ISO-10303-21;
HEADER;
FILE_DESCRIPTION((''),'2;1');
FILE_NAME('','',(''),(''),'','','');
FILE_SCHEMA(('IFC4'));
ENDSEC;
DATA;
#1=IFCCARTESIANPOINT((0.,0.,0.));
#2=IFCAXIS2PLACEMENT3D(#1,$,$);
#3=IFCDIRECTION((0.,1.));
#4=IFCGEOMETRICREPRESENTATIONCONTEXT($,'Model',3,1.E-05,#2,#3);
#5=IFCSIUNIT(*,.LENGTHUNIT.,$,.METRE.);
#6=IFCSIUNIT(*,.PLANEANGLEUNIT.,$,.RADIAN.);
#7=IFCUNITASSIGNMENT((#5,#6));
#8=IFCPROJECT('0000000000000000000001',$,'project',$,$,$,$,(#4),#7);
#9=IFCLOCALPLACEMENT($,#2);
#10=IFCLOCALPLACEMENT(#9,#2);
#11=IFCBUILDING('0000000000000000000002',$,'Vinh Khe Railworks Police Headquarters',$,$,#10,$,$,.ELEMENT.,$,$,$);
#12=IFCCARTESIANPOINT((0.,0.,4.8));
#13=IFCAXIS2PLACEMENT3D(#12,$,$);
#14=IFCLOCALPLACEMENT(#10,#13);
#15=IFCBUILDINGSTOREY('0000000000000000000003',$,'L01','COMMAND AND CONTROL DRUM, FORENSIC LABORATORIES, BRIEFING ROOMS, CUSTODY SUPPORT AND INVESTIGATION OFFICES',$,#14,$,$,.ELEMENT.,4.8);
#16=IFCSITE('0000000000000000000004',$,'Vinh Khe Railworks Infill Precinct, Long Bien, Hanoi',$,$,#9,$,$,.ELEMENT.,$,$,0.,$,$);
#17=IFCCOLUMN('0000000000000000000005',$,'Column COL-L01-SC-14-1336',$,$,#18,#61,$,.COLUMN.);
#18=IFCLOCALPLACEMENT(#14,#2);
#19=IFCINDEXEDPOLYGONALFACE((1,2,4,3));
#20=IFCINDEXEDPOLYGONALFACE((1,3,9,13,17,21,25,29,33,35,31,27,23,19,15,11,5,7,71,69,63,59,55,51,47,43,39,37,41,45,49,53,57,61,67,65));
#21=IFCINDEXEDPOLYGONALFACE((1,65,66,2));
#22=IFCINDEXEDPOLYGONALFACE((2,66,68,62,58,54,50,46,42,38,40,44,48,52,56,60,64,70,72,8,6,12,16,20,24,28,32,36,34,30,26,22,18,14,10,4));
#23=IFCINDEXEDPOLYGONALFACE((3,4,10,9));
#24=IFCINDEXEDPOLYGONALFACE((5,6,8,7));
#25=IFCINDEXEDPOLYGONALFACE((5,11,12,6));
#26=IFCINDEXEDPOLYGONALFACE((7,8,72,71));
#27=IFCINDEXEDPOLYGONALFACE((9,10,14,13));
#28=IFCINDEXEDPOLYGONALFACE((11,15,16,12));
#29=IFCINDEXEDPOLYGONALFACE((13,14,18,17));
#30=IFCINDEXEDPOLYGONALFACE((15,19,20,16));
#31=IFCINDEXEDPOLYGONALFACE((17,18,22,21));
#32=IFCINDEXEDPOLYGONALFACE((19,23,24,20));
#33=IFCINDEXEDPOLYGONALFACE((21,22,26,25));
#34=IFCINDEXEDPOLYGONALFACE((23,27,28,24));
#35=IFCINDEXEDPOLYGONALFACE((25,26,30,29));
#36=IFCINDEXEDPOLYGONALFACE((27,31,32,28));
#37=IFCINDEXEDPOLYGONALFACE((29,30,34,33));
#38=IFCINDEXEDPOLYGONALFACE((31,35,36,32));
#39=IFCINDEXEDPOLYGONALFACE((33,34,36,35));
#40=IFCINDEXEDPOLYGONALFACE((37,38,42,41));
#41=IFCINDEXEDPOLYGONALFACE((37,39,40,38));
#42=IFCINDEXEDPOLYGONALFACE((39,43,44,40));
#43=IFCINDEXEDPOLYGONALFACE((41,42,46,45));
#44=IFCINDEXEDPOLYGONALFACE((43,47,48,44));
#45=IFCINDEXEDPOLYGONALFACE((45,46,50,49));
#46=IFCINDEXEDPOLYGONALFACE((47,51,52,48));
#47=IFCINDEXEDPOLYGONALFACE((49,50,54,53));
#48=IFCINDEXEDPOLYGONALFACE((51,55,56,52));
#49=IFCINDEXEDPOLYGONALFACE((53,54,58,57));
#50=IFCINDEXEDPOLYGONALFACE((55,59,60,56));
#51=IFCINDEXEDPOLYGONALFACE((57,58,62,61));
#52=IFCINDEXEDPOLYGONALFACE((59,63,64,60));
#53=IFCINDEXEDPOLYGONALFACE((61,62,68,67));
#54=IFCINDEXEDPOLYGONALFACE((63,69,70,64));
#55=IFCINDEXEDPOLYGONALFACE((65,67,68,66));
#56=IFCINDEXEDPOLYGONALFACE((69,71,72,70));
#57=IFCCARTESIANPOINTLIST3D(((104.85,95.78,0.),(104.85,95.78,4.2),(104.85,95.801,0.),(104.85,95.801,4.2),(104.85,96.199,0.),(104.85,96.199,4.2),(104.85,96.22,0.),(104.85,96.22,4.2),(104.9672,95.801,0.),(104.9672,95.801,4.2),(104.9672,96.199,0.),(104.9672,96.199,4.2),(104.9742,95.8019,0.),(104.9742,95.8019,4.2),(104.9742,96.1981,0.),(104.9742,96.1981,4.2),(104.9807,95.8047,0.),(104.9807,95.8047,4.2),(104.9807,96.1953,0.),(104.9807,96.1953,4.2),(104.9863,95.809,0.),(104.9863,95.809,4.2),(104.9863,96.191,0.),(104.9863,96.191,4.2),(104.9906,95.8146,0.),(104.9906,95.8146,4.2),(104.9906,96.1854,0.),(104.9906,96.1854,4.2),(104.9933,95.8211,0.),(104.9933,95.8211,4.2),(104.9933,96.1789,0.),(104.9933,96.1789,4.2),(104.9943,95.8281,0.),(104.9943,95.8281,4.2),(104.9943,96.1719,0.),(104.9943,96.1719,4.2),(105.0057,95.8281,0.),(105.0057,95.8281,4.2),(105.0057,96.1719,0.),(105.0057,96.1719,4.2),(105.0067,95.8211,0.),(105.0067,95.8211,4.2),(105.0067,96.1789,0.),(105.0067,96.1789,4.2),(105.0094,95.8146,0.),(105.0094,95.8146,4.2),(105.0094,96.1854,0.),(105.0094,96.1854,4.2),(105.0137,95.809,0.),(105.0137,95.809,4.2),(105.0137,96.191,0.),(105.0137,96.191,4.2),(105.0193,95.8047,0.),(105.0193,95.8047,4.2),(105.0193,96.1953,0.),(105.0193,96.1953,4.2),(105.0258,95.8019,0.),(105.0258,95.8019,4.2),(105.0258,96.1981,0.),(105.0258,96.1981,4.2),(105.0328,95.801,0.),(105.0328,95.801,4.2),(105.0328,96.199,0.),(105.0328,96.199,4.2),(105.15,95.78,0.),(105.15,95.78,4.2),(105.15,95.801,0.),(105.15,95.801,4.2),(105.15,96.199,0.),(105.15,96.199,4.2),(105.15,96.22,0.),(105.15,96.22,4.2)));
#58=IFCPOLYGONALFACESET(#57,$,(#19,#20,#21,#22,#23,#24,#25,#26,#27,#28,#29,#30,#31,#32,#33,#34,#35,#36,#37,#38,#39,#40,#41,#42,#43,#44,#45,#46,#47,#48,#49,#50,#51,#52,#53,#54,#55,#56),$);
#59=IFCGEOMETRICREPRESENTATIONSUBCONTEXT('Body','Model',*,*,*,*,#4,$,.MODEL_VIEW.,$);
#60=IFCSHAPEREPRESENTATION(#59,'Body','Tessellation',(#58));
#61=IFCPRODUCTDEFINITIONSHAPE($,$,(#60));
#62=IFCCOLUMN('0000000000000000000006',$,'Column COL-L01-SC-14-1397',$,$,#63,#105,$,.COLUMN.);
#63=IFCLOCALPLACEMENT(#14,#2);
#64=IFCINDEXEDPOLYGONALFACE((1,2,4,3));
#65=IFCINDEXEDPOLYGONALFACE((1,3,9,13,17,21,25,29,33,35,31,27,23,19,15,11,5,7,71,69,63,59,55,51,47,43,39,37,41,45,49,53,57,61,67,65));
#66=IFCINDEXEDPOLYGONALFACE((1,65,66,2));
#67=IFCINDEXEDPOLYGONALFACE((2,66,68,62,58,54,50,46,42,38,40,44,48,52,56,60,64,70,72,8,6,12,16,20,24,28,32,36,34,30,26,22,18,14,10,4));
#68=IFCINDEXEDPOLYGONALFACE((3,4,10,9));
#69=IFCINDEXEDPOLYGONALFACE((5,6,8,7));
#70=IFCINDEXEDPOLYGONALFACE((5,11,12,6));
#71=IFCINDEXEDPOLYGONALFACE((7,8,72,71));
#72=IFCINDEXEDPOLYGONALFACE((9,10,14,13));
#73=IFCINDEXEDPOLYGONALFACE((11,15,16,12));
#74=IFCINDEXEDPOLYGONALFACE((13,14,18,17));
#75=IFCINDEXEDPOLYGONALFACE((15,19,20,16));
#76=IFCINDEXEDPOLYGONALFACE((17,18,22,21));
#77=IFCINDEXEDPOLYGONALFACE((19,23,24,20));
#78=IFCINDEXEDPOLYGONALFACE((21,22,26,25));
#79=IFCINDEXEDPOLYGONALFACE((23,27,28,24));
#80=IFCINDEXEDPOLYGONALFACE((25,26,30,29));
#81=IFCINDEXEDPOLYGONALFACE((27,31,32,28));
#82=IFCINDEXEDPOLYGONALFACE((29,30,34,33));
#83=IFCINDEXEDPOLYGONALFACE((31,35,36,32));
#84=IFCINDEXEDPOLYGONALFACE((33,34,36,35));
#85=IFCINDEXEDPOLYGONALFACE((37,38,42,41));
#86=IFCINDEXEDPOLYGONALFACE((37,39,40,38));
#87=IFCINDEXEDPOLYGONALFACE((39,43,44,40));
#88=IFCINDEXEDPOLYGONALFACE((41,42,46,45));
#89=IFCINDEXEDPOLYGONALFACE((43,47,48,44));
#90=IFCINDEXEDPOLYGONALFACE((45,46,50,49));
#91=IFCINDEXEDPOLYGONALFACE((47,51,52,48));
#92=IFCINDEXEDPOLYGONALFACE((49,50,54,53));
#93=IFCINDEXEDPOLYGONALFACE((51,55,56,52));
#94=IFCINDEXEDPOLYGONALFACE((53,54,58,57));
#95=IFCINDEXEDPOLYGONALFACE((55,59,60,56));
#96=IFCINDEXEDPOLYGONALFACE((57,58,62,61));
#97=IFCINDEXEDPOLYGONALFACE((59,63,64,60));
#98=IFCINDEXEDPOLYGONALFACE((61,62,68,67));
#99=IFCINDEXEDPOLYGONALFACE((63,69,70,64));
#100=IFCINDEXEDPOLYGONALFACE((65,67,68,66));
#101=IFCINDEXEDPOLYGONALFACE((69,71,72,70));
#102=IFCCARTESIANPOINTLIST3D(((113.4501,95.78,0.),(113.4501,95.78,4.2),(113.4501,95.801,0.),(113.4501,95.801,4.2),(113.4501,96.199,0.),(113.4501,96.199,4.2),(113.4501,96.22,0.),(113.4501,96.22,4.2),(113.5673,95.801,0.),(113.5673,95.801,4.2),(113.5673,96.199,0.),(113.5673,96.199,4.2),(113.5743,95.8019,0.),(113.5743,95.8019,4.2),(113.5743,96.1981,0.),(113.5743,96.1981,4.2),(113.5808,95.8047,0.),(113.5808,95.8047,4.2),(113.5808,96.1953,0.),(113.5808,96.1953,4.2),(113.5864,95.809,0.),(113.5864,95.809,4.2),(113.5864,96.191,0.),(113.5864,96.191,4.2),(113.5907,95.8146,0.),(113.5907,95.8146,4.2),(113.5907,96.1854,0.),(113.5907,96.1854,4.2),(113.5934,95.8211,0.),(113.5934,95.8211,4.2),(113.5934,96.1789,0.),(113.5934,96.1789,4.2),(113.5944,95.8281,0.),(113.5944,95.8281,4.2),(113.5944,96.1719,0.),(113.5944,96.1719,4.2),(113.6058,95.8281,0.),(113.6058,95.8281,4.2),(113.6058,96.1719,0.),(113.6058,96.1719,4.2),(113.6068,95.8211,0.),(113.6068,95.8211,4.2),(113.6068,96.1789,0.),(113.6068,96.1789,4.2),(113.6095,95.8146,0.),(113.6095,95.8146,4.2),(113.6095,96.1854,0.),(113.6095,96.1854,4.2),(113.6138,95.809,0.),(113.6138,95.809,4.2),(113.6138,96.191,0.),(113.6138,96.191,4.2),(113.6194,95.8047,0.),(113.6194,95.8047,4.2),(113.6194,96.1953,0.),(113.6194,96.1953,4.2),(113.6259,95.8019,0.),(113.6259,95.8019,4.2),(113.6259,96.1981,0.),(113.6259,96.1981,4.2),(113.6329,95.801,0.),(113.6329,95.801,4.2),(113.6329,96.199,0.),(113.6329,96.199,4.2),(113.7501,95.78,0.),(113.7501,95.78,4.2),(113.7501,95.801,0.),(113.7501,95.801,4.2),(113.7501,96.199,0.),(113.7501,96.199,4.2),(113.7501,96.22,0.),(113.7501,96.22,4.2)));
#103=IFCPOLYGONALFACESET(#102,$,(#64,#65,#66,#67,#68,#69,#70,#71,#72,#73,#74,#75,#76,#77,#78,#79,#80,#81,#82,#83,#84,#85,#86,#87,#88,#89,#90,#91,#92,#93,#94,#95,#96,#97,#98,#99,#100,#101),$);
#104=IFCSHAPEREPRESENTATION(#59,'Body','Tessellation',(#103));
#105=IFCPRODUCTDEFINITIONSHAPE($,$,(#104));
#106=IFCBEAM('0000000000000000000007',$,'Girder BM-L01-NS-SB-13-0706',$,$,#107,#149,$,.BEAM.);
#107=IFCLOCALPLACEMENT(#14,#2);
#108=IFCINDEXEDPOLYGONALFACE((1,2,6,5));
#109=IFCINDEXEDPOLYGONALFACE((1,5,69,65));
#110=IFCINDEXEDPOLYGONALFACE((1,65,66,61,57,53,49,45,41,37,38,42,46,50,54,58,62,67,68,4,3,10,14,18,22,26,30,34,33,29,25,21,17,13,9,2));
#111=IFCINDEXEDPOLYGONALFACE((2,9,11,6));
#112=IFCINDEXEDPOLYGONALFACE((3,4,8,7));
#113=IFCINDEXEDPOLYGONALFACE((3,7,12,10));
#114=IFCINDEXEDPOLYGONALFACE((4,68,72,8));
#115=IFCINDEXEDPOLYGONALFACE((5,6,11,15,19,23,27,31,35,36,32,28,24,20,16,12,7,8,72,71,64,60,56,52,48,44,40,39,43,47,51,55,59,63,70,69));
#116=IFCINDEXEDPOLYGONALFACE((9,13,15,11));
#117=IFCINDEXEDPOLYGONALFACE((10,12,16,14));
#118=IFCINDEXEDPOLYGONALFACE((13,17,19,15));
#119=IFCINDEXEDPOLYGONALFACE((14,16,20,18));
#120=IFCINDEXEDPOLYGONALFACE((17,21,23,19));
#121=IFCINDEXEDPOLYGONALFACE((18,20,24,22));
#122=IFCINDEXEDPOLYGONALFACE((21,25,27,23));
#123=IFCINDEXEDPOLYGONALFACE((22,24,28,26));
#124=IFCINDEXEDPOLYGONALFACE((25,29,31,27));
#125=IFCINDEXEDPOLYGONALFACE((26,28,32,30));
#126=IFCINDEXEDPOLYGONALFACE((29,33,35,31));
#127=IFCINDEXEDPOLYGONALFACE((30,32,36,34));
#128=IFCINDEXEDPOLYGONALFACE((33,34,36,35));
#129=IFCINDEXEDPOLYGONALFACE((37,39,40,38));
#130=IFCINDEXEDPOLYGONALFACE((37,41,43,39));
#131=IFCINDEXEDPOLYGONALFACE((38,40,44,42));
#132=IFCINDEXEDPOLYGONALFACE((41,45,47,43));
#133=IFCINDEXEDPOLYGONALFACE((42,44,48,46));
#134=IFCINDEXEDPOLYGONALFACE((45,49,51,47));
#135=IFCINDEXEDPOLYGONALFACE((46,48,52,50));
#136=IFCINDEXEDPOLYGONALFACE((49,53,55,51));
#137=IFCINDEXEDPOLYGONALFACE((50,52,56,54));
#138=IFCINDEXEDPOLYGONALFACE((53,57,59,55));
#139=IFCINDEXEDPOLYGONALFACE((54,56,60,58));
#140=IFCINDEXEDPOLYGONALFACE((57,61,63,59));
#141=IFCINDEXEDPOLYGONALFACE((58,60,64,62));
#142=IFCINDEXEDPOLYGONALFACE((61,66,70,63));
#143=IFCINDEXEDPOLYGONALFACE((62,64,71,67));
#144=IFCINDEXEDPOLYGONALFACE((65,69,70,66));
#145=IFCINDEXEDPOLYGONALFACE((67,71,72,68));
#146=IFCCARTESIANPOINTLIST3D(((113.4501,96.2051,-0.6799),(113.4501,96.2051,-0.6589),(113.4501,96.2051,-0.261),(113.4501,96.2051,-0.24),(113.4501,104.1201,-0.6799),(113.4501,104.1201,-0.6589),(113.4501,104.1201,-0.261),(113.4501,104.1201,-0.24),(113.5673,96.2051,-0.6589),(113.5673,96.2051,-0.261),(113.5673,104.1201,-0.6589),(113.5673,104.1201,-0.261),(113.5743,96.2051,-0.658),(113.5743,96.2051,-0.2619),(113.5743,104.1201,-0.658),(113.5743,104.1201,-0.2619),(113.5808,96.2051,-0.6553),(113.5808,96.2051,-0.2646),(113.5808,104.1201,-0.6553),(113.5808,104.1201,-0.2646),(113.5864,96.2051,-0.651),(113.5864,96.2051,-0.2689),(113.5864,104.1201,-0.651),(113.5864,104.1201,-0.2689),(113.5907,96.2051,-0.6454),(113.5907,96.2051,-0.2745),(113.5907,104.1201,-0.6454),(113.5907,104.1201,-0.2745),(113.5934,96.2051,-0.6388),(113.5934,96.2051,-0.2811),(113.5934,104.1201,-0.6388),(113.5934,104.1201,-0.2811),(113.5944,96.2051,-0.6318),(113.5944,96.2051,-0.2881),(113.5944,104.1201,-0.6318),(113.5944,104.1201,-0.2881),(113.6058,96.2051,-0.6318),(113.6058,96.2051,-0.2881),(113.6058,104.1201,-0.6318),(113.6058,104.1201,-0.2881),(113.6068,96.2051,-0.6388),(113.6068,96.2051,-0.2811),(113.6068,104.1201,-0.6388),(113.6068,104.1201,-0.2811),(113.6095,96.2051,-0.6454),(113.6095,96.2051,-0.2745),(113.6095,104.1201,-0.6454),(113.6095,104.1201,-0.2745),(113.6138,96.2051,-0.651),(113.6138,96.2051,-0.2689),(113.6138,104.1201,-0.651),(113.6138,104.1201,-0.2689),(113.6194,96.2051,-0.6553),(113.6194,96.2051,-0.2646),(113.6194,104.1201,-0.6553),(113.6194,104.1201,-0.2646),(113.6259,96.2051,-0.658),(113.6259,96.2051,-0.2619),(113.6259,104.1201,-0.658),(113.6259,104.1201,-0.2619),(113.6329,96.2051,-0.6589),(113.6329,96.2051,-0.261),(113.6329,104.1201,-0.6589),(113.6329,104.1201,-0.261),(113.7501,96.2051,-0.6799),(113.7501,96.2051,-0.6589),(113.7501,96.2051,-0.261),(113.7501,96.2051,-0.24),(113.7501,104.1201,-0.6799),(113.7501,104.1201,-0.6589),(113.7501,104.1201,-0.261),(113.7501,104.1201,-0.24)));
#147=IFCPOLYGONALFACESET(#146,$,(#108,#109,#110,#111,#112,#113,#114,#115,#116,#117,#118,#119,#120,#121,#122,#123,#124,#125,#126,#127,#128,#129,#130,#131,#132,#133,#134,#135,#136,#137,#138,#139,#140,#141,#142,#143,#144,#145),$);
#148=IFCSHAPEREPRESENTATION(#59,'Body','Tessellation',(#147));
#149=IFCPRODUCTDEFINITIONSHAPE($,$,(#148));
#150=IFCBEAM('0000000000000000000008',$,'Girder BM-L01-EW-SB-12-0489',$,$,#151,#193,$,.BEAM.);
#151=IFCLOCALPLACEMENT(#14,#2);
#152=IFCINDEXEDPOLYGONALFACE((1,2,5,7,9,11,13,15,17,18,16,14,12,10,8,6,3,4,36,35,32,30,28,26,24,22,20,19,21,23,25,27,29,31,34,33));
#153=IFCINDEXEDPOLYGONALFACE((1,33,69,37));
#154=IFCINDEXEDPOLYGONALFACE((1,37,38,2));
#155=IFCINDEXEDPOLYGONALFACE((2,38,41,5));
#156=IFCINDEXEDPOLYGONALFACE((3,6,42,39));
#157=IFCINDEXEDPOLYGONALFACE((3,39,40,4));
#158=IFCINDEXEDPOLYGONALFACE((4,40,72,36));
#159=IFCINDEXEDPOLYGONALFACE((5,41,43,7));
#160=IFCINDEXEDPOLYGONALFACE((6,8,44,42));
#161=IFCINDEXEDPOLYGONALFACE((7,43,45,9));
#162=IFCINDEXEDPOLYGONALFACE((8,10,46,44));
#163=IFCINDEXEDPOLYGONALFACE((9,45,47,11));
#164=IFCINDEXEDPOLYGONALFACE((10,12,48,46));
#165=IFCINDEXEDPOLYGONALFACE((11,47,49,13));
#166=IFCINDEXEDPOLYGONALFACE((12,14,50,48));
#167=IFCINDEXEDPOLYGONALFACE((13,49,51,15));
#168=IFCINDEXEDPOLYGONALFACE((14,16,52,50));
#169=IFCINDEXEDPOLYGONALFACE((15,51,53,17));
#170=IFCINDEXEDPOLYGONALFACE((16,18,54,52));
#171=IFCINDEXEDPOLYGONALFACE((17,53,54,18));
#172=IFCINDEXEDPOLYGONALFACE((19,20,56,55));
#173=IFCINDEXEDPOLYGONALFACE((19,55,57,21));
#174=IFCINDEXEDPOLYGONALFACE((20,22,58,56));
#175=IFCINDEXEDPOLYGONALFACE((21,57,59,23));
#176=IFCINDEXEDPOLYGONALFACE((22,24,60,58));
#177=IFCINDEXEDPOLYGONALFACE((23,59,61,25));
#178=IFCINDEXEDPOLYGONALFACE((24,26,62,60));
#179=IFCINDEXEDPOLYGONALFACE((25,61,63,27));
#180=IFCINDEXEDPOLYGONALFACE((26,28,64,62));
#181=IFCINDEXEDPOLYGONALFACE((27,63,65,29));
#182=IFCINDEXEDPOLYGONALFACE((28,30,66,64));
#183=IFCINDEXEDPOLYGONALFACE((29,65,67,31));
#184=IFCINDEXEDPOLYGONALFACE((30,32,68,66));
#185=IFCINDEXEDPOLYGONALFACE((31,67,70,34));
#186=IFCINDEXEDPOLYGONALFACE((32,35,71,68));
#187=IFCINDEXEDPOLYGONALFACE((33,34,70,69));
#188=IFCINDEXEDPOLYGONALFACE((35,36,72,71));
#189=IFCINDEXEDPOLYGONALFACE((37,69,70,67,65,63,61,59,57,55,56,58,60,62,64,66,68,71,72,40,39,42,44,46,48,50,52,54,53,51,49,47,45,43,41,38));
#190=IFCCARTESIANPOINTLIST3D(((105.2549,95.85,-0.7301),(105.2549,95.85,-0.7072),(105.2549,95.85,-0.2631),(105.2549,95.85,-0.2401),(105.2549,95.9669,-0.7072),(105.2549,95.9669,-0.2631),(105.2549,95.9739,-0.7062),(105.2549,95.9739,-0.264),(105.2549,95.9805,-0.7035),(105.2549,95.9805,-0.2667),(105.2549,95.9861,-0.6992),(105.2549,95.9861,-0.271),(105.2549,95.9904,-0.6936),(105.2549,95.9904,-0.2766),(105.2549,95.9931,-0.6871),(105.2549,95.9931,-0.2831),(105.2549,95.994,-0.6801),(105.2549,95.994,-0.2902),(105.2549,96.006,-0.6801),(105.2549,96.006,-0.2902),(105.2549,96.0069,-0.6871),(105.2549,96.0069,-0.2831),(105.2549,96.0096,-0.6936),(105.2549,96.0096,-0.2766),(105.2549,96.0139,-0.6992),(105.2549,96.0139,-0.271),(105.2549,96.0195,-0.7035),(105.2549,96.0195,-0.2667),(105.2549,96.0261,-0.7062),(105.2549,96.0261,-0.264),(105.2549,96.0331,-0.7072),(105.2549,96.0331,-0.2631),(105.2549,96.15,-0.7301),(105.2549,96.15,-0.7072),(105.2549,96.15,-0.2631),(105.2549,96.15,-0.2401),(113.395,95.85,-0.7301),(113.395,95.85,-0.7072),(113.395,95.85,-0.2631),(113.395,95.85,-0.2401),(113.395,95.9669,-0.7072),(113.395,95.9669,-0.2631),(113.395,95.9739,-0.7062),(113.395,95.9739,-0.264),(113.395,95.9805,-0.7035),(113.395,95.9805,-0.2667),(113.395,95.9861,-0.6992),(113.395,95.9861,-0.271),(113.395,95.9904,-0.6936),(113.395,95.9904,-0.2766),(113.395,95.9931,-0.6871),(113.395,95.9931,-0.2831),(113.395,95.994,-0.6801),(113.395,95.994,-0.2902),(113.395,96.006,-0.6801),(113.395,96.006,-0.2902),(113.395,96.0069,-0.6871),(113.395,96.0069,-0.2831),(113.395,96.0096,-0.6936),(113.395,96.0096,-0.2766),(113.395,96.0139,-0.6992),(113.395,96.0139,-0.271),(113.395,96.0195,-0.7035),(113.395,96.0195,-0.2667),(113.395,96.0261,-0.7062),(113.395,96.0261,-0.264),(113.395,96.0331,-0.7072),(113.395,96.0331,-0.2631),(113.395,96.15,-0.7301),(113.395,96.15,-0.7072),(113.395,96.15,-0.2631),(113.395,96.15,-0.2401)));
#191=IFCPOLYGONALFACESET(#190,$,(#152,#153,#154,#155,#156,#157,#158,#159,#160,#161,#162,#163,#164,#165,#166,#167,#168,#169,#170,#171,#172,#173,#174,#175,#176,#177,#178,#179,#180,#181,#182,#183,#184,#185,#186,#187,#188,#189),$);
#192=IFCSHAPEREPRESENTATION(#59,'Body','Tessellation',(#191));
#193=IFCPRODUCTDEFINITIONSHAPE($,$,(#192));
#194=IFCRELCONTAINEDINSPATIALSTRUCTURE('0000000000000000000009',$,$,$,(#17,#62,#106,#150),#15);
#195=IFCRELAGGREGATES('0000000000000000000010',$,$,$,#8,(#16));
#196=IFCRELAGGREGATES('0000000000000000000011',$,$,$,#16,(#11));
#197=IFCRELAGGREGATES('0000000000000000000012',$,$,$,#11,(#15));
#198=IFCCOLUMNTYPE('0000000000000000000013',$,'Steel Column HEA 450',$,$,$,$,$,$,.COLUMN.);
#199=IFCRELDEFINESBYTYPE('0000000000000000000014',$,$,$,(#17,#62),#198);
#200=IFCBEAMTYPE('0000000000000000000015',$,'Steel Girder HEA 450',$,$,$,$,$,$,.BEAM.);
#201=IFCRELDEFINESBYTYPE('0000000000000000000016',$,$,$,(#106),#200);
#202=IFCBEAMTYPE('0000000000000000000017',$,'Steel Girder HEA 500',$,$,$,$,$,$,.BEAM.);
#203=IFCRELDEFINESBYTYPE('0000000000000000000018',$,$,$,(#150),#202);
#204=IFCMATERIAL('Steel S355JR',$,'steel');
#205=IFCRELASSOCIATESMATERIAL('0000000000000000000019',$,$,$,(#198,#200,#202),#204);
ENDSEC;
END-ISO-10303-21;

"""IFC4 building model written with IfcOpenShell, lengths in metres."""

from ifc_helpers import new_model, si_unit, direction, frame, origin, origin_2d, place, context, subcontext, project, spatial, i_section, extrude, material, material_profile, profile_set, type_object, element, save


model = new_model("IFC4")

# Units and contexts
model_context = context("Model", 3, precision=1e-05, world=origin(), true_north=direction((0.0, 1.0)))
body_context = subcontext(model_context, "Body", "Model", "MODEL_VIEW")
ifc_project = project(units=[si_unit("LENGTHUNIT", "METRE"), si_unit("PLANEANGLEUNIT", "RADIAN")], contexts=[model_context])

# Site, building, storey
site_placement = place(None, origin())
site = spatial("IfcSite", under=ifc_project, at=site_placement, Name="Vinh Khe Railworks Infill Precinct, Long Bien, Hanoi", CompositionType="ELEMENT", RefElevation=0.0)
building_placement = place(site_placement, origin())
building = spatial("IfcBuilding", under=site, at=building_placement, Name="Vinh Khe Railworks Police Headquarters", CompositionType="ELEMENT")
storey_placement = place(building_placement, frame((0.0, 0.0, 4.8)))
storey = spatial("IfcBuildingStorey", under=building, at=storey_placement, Name="L01", Description="COMMAND AND CONTROL DRUM, FORENSIC LABORATORIES, BRIEFING ROOMS, CUSTODY SUPPORT AND INVESTIGATION OFFICES", CompositionType="ELEMENT", Elevation=4.8)

# Columns
ifc_material_1 = material(Name="Steel S355JR", Category="steel")
ifc_material_profile_1 = material_profile(ifc_material_1, i_section(OverallWidth=0.3, OverallDepth=0.4399, WebThickness=0.0115, FlangeThickness=0.021, FilletRadius=0.0271, at=origin_2d()), Name="HEA 450")
ifc_profile_set_1 = profile_set([ifc_material_profile_1], Name="Steel S355JR")
column_type = type_object("IfcColumnType", Name="Steel Column HEA 450", PredefinedType="COLUMN", material=ifc_profile_set_1)
for number, where, z_axis, x_axis, name in (
    (1, (105.0, 96.0, 0.0), (0.0, 0.0, 1.0), (1.0, 0.0, 0.0), "Column COL-L01-SC-14-1336"),
    (2, (113.6001, 96.0, 0.0), (0.0, 0.0, 1.0), (1.0, 0.0, 0.0), "Column COL-L01-SC-14-1397"),
):
    element("IfcColumn", number, at=place(storey_placement, frame(where, z_axis=z_axis, x_axis=x_axis)), inside=storey, type_object=column_type, Name=name, PredefinedType="COLUMN", context=body_context, shape_type="SweptSolid", body=[
        extrude(i_section(OverallWidth=0.3, OverallDepth=0.4399, WebThickness=0.0115, FlangeThickness=0.021, FilletRadius=0.0271, at=origin_2d()), origin(), (0.0, 0.0, 1.0), 4.2),
    ])

# Beams
ifc_material_profile_2 = material_profile(ifc_material_1, i_section(OverallWidth=0.3, OverallDepth=0.4399, WebThickness=0.0115, FlangeThickness=0.021, FilletRadius=0.0271, at=origin_2d()), Name="HEA 450")
ifc_profile_set_2 = profile_set([ifc_material_profile_2], Name="Steel S355JR")
beam_type_1 = type_object("IfcBeamType", Name="Steel Girder HEA 450", PredefinedType="BEAM", material=ifc_profile_set_2)
beam_1_placement = place(storey_placement, frame((113.6001, 96.2051, -0.46), z_axis=(0.0, 1.0, 0.0), x_axis=(-1.0, 0.0, 0.0)))
element("IfcBeam", 3, at=beam_1_placement, inside=storey, type_object=beam_type_1, Name="Girder BM-L01-NS-SB-13-0706", PredefinedType="BEAM", context=body_context, shape_type="SweptSolid", body=[
    extrude(i_section(OverallWidth=0.3, OverallDepth=0.4399, WebThickness=0.0115, FlangeThickness=0.021, FilletRadius=0.0271, at=origin_2d()), origin(), (0.0, 0.0, 1.0), 7.915),
])
ifc_material_profile_3 = material_profile(ifc_material_1, i_section(OverallWidth=0.3, OverallDepth=0.49, WebThickness=0.012, FlangeThickness=0.0229, FilletRadius=0.0271, at=origin_2d()), Name="HEA 500")
ifc_profile_set_3 = profile_set([ifc_material_profile_3], Name="Steel S355JR")
beam_type_2 = type_object("IfcBeamType", Name="Steel Girder HEA 500", PredefinedType="BEAM", material=ifc_profile_set_3)
beam_2_placement = place(storey_placement, frame((105.2549, 96.0, -0.4851), z_axis=(1.0, 0.0, 0.0), x_axis=(0.0, 1.0, 0.0)))
element("IfcBeam", 4, at=beam_2_placement, inside=storey, type_object=beam_type_2, Name="Girder BM-L01-EW-SB-12-0489", PredefinedType="BEAM", context=body_context, shape_type="SweptSolid", body=[
    extrude(i_section(OverallWidth=0.3, OverallDepth=0.49, WebThickness=0.012, FlangeThickness=0.0229, FilletRadius=0.0271, at=origin_2d()), origin(), (0.0, 0.0, 1.0), 8.1401),
])

save(model, "model.ifc")
